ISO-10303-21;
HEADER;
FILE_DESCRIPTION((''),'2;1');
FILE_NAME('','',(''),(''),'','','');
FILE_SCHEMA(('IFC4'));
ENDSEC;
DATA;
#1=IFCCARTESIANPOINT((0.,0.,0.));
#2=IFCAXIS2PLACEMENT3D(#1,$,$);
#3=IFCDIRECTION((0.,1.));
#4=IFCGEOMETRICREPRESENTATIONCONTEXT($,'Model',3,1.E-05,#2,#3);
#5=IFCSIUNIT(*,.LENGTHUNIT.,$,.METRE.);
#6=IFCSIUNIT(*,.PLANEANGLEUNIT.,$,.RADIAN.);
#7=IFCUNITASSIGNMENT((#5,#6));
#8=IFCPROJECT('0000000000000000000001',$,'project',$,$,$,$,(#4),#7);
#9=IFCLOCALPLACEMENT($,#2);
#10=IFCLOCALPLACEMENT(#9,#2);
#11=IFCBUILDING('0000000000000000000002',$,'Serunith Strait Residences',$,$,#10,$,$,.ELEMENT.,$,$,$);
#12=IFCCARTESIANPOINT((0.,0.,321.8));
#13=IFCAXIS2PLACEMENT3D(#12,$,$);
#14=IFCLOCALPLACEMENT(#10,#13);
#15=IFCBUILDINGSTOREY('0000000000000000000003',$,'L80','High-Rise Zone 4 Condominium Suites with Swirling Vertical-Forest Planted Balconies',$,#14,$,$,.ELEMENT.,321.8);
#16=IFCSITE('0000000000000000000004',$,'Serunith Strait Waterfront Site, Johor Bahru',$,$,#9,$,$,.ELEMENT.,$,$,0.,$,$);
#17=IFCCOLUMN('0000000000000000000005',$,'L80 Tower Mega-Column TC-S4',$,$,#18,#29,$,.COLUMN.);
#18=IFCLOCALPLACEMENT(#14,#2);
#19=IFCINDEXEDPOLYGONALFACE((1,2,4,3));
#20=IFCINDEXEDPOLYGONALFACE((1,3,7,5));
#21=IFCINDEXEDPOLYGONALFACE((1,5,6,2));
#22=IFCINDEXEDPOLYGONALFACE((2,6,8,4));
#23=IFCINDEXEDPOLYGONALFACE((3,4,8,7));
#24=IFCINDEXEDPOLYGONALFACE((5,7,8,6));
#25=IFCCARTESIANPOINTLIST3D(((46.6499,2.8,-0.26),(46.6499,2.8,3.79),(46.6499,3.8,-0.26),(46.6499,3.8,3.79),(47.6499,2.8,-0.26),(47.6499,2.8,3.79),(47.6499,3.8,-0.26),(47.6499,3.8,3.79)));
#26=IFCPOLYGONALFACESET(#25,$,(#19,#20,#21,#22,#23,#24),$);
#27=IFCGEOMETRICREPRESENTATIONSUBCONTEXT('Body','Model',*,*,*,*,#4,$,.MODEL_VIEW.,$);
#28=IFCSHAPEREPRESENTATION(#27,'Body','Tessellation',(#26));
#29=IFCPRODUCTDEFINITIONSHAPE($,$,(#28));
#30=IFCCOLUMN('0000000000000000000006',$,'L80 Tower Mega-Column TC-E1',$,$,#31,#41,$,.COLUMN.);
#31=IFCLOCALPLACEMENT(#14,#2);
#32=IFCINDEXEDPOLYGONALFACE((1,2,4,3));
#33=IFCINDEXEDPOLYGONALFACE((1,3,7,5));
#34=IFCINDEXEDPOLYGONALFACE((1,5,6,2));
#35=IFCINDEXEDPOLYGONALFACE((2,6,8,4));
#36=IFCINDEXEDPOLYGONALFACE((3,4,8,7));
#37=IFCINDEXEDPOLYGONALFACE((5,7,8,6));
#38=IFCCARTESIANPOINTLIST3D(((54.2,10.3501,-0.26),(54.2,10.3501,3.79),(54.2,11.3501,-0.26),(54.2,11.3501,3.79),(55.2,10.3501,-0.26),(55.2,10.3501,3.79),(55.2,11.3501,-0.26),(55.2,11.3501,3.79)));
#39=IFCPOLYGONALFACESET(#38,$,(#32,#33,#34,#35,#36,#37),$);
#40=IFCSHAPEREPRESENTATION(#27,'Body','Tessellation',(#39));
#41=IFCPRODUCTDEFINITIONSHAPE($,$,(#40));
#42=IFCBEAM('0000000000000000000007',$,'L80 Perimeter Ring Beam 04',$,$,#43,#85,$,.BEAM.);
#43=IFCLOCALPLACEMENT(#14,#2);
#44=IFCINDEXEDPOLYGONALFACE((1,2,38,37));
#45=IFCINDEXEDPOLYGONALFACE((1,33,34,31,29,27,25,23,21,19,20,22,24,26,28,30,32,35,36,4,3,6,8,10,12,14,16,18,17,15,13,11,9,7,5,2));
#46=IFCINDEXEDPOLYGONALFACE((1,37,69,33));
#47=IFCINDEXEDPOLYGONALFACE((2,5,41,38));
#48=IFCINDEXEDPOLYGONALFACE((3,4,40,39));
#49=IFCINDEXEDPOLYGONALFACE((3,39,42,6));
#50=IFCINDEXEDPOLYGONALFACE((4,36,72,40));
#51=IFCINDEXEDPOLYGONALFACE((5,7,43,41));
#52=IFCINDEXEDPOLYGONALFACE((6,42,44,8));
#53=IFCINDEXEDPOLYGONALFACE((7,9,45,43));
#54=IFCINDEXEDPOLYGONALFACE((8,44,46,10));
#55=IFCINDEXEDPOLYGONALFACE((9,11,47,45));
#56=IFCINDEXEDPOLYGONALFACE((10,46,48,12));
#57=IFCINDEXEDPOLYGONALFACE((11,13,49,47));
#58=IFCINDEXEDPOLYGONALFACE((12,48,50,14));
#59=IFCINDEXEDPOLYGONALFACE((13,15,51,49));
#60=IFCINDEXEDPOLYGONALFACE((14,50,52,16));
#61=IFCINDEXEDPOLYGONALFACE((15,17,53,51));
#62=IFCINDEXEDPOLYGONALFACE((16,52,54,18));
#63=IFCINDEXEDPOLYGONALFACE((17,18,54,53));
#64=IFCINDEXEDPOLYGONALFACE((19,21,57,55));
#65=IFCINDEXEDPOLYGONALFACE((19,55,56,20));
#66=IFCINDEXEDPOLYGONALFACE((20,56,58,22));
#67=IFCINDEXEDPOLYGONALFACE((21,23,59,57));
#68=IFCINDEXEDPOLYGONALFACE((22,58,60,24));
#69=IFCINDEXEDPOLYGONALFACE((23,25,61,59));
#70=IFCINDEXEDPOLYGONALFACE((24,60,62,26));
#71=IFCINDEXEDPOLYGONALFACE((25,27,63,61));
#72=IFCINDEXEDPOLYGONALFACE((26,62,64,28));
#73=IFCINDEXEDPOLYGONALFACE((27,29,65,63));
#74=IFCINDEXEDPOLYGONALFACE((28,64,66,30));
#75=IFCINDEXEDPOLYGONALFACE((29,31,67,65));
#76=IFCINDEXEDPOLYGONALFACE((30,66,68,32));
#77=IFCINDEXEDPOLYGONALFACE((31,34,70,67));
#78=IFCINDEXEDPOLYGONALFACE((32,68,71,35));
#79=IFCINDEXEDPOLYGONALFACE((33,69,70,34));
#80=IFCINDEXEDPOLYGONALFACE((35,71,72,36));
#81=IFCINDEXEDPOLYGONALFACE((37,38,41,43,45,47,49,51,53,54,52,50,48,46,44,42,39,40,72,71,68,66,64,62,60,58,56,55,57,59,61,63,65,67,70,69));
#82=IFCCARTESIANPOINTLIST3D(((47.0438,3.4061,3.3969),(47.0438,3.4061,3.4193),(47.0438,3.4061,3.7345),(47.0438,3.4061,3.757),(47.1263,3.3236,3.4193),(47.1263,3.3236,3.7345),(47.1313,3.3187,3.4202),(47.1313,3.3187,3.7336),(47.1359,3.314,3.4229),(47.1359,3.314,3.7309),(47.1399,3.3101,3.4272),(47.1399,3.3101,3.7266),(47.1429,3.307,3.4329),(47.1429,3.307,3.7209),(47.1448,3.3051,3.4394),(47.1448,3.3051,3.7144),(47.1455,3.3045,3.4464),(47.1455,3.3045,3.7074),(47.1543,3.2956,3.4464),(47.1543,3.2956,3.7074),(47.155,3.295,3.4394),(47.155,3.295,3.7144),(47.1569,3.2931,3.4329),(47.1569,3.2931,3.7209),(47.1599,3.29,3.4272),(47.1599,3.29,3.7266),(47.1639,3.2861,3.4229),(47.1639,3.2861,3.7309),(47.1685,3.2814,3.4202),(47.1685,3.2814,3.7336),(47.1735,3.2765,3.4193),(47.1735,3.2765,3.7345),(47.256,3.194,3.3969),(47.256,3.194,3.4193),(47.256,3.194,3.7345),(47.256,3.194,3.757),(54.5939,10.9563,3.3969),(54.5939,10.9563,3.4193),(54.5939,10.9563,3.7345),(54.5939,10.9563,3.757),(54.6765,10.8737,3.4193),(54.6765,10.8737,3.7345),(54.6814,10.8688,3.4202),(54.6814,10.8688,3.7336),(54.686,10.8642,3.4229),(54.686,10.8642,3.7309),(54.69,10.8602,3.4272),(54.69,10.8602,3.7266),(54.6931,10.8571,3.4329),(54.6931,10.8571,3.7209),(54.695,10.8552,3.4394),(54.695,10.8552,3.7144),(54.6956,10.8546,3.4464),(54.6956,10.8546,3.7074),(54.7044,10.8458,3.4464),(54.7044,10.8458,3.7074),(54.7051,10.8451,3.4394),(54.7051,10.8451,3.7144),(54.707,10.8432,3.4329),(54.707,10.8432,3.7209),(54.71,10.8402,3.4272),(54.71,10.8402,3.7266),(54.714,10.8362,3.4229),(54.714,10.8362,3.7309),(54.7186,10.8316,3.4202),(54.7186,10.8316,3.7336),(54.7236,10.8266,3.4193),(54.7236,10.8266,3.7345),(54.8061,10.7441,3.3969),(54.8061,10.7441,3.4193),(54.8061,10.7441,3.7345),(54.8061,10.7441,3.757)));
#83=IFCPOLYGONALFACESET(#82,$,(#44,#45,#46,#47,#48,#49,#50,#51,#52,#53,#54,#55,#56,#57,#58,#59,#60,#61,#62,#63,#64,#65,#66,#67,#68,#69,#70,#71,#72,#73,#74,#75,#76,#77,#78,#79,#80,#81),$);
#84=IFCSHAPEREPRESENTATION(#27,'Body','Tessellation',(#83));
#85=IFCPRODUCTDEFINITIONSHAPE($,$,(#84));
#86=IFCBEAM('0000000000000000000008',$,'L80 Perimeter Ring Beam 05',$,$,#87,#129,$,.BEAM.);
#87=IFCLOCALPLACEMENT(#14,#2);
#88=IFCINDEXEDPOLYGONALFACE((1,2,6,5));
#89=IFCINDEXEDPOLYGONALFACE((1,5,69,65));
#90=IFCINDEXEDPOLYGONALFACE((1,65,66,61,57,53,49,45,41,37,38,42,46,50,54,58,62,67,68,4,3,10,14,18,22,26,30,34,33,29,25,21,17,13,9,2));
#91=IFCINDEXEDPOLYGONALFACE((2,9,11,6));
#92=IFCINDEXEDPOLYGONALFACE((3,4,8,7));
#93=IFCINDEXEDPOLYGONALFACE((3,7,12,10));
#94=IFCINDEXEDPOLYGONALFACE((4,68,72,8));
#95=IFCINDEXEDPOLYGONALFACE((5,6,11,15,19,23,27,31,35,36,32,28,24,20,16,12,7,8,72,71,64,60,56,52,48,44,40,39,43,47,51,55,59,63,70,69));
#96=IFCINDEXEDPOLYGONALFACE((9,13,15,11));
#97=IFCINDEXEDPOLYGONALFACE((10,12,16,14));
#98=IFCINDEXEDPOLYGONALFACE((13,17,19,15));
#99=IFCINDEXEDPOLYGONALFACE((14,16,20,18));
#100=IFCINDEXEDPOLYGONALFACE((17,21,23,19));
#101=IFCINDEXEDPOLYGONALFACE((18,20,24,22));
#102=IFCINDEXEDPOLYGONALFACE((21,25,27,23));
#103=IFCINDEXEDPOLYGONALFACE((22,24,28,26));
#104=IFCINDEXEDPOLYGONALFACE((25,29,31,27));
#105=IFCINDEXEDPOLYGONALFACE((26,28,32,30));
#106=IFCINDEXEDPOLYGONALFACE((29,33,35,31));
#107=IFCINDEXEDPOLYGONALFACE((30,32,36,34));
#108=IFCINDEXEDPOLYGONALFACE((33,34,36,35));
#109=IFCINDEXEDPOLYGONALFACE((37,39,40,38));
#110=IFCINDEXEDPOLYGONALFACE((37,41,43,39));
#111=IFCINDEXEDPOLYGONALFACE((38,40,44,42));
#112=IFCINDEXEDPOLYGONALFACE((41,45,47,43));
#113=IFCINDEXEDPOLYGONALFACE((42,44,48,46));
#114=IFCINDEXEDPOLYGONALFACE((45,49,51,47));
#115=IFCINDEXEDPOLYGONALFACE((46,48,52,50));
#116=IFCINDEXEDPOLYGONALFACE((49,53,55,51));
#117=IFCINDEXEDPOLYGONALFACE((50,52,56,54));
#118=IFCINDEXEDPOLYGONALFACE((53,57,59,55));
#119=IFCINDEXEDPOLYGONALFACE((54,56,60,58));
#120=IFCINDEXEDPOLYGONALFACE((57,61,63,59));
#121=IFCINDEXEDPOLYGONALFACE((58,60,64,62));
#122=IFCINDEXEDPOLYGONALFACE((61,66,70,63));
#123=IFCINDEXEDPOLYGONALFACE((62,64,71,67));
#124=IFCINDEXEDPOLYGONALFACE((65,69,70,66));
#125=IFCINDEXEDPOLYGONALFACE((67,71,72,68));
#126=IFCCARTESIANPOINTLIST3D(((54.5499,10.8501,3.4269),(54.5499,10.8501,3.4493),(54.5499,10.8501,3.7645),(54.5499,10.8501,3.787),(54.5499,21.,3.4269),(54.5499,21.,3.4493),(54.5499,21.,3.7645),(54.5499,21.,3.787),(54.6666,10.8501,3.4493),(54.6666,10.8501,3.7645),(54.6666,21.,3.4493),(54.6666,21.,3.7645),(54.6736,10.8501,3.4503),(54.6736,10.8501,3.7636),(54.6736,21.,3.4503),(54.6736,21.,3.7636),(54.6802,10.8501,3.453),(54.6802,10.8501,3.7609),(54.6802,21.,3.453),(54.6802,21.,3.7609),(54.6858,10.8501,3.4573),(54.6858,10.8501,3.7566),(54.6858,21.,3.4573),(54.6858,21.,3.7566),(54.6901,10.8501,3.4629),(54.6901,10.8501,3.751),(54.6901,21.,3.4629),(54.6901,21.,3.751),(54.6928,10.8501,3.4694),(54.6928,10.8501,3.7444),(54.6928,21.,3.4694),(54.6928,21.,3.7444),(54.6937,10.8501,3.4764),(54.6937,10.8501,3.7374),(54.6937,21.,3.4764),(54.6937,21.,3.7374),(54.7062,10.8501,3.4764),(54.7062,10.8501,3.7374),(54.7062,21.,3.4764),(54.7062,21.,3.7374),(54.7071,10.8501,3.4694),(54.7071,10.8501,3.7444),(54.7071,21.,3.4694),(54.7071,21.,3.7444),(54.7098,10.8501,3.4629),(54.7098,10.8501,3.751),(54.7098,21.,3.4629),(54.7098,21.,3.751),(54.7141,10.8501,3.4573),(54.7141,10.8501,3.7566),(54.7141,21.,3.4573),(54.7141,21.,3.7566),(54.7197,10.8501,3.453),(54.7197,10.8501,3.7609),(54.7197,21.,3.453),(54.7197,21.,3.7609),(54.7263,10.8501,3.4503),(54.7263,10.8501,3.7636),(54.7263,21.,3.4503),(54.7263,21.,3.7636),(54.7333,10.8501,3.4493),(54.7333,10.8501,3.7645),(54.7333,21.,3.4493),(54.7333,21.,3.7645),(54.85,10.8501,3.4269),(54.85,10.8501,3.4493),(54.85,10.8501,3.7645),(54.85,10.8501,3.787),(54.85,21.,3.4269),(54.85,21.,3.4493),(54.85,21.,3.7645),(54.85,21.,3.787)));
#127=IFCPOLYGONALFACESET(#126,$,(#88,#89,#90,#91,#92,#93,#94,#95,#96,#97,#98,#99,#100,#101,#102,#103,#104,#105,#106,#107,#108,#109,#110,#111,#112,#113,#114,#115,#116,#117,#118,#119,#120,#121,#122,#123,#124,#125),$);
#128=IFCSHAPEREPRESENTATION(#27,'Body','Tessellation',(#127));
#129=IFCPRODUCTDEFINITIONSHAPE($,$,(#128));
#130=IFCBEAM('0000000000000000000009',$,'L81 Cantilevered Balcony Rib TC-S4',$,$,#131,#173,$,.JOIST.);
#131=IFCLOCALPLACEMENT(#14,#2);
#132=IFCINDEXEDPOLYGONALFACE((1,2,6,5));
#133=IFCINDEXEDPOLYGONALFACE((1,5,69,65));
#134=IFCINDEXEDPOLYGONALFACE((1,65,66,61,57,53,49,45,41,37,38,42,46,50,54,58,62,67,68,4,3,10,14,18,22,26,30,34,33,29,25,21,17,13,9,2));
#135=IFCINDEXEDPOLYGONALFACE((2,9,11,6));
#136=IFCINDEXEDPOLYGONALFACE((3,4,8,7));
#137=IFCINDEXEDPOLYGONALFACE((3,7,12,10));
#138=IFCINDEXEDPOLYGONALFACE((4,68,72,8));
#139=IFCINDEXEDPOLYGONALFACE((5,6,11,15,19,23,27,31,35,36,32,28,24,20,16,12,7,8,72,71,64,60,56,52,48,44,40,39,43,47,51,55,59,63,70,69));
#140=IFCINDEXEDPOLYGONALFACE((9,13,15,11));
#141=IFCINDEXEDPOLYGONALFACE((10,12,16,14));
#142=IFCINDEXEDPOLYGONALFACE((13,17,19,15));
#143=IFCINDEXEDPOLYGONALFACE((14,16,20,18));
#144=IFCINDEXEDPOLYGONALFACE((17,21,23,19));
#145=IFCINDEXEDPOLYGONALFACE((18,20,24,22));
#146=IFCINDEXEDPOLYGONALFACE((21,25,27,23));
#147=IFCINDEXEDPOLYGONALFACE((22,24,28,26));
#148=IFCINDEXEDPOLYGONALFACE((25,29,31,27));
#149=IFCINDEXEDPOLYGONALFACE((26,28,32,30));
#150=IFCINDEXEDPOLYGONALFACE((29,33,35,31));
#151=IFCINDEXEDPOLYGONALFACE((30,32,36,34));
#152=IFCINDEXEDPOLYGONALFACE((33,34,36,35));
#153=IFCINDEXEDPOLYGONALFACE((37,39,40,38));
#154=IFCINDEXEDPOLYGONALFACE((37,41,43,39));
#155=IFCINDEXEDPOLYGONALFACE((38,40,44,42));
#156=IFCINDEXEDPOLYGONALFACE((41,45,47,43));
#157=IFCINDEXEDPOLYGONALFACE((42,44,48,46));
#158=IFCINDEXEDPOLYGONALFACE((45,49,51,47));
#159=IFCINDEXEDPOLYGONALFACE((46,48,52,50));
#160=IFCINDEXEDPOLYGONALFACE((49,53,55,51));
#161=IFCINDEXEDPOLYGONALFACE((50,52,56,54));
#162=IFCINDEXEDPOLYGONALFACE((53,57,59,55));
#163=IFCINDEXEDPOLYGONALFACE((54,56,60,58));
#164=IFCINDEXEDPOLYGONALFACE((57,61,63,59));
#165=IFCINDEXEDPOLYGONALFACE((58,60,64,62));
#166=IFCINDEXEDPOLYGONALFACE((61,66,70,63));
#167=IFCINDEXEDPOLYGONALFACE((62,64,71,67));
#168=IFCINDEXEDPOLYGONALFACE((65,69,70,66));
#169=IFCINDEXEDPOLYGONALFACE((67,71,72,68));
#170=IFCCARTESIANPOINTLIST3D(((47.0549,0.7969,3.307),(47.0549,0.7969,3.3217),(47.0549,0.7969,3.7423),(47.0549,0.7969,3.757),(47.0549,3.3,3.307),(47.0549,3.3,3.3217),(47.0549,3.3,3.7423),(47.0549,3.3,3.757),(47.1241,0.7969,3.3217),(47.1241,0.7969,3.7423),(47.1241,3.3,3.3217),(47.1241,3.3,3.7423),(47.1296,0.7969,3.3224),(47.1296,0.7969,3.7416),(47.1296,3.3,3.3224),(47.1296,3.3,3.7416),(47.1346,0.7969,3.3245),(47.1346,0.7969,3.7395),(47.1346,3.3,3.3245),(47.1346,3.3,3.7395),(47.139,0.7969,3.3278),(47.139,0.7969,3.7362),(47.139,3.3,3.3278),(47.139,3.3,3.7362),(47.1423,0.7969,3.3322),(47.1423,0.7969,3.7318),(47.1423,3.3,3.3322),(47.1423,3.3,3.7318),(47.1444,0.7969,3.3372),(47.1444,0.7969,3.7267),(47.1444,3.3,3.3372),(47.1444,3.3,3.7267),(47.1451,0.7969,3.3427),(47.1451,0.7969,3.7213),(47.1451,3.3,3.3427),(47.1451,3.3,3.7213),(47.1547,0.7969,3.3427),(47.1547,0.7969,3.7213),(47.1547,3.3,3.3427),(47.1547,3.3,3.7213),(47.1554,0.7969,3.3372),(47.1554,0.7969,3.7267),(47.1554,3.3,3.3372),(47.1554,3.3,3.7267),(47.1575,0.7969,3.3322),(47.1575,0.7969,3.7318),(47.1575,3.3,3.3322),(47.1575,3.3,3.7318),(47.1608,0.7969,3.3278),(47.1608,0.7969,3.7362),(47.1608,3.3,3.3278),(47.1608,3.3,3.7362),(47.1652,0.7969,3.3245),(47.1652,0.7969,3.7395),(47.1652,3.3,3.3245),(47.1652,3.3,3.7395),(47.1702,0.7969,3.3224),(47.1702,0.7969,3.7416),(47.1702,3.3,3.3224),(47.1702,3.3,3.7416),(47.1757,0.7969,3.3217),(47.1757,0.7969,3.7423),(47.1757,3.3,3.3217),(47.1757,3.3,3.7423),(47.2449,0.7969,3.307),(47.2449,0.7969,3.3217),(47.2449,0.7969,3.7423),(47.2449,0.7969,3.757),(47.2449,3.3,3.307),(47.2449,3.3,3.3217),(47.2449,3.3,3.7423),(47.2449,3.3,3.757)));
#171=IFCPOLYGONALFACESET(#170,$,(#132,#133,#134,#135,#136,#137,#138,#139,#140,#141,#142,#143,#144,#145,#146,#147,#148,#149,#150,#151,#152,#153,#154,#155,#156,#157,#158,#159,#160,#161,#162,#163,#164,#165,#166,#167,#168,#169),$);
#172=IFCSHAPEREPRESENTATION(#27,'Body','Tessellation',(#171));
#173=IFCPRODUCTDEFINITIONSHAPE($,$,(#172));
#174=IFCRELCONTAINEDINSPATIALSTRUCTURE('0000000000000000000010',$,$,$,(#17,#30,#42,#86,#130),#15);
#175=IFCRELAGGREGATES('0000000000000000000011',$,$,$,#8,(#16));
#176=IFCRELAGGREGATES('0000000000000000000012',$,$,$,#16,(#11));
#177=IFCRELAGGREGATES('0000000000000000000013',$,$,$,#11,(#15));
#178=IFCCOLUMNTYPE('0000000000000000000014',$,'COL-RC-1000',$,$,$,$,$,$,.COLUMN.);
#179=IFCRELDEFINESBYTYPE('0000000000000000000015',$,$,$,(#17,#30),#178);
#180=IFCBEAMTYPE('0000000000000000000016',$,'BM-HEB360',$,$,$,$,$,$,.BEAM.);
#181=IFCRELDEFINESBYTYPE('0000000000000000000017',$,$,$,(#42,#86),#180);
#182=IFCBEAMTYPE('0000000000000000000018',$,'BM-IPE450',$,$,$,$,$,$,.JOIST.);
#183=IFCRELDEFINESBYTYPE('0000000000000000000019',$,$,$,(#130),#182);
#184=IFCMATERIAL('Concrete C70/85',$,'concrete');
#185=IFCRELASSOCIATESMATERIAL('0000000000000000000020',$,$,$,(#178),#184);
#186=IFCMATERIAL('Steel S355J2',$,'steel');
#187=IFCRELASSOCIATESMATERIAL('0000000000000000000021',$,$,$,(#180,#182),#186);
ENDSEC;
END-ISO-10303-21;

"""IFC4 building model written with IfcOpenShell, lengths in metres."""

from ifc_helpers import new_model, si_unit, direction, frame, origin, origin_2d, place, context, subcontext, project, spatial, rectangle, i_section, extrude, source, transform, mapped, material, material_profile, profile_set, type_object, element, save


model = new_model("IFC4")

# Units and contexts
model_context = context("Model", 3, precision=1e-05, world=origin(), true_north=direction((0.0, 1.0)))
body_context = subcontext(model_context, "Body", "Model", "MODEL_VIEW")
ifc_project = project(units=[si_unit("LENGTHUNIT", "METRE"), si_unit("PLANEANGLEUNIT", "RADIAN")], contexts=[model_context])

# Site, building, storey
site_placement = place(None, origin())
site = spatial("IfcSite", under=ifc_project, at=site_placement, Name="Serunith Strait Waterfront Site, Johor Bahru", CompositionType="ELEMENT", RefElevation=0.0)
building_placement = place(site_placement, origin())
building = spatial("IfcBuilding", under=site, at=building_placement, Name="Serunith Strait Residences", CompositionType="ELEMENT")
storey_placement = place(building_placement, frame((0.0, 0.0, 321.8)))
storey = spatial("IfcBuildingStorey", under=building, at=storey_placement, Name="L80", Description="High-Rise Zone 4 Condominium Suites with Swirling Vertical-Forest Planted Balconies", CompositionType="ELEMENT", Elevation=321.8)

# Columns
ifc_material_1 = material(Name="Concrete C70/85", Category="concrete")
ifc_material_profile_1 = material_profile(ifc_material_1, rectangle(XDim=1.0, YDim=1.0, at=origin_2d()), Name="RC 1000x1000")
ifc_profile_set_1 = profile_set([ifc_material_profile_1], Name="Concrete C70/85")
column_type = type_object("IfcColumnType", Name="COL-RC-1000", PredefinedType="COLUMN", material=ifc_profile_set_1)
shared_shape_1 = source(origin(), body_context, "Body", "SweptSolid", [
    extrude(rectangle(XDim=1.0, YDim=1.0, at=origin_2d()), origin(), (0.0, 0.0, 1.0), 4.05),
])
for number, where, z_axis, x_axis, name in (
    (1, (47.1499, 3.3, -0.26), (0.0, 0.0, 1.0), (1.0, 0.0, 0.0), "L80 Tower Mega-Column TC-S4"),
    (2, (54.7, 10.8501, -0.26), (0.0, 0.0, 1.0), (1.0, 0.0, 0.0), "L80 Tower Mega-Column TC-E1"),
):
    element("IfcColumn", number, at=place(storey_placement, frame(where, z_axis=z_axis, x_axis=x_axis)), inside=storey, type_object=column_type, Name=name, PredefinedType="COLUMN", context=body_context, shape_type="MappedRepresentation", body=[
        mapped(shared_shape_1, transform((0.0, 0.0, 0.0), scale=1.0)),
    ])

# Beams
ifc_material_2 = material(Name="Steel S355J2", Category="steel")
ifc_material_profile_2 = material_profile(ifc_material_2, i_section(OverallWidth=0.3, OverallDepth=0.3601, WebThickness=0.0125, FlangeThickness=0.0225, FilletRadius=0.0271, at=origin_2d()), Name="HEB 360")
ifc_profile_set_2 = profile_set([ifc_material_profile_2], Name="Steel S355J2")
beam_type_1 = type_object("IfcBeamType", Name="BM-HEB360", PredefinedType="BEAM", material=ifc_profile_set_2)
shared_shape_2 = source(origin(), body_context, "Body", "SweptSolid", [
    extrude(i_section(OverallWidth=0.3, OverallDepth=0.3601, WebThickness=0.0125, FlangeThickness=0.0225, FilletRadius=0.0271, at=origin_2d()), origin(), (0.0, 0.0, 1.0), 10.6775),
])
beam_1_placement = place(storey_placement, frame((47.1499, 3.3, 3.5769), z_axis=(0.707107, 0.707107, 0.0), x_axis=(-0.707107, 0.707107, 0.0)))
element("IfcBeam", 3, at=beam_1_placement, inside=storey, type_object=beam_type_1, Name="L80 Perimeter Ring Beam 04", PredefinedType="BEAM", context=body_context, shape_type="MappedRepresentation", body=[
    mapped(shared_shape_2, transform((0.0, 0.0, 0.0), scale=1.0)),
])
shared_shape_3 = source(origin(), body_context, "Body", "SweptSolid", [
    extrude(i_section(OverallWidth=0.3, OverallDepth=0.3601, WebThickness=0.0125, FlangeThickness=0.0225, FilletRadius=0.0271, at=origin_2d()), origin(), (0.0, 0.0, 1.0), 10.1499),
])
beam_2_placement = place(storey_placement, frame((54.7, 10.8501, 3.6069), z_axis=(0.0, 1.0, 0.0), x_axis=(-1.0, 0.0, 0.0)))
element("IfcBeam", 4, at=beam_2_placement, inside=storey, type_object=beam_type_1, Name="L80 Perimeter Ring Beam 05", PredefinedType="BEAM", context=body_context, shape_type="MappedRepresentation", body=[
    mapped(shared_shape_3, transform((0.0, 0.0, 0.0), scale=1.0)),
])
ifc_material_profile_3 = material_profile(ifc_material_2, i_section(OverallWidth=0.1899, OverallDepth=0.45, WebThickness=0.0095, FlangeThickness=0.0146, FilletRadius=0.021, at=origin_2d()), Name="IPE 450")
ifc_profile_set_3 = profile_set([ifc_material_profile_3], Name="Steel S355J2")
beam_type_2 = type_object("IfcBeamType", Name="BM-IPE450", PredefinedType="JOIST", material=ifc_profile_set_3)
shared_shape_4 = source(origin(), body_context, "Body", "SweptSolid", [
    extrude(i_section(OverallWidth=0.1899, OverallDepth=0.45, WebThickness=0.0095, FlangeThickness=0.0146, FilletRadius=0.021, at=origin_2d()), origin(), (0.0, 0.0, 1.0), 2.5032),
])
beam_3_placement = place(storey_placement, frame((47.1499, 3.3, 3.532), z_axis=(0.0, -1.0, 0.0), x_axis=(1.0, 0.0, 0.0)))
element("IfcBeam", 5, at=beam_3_placement, inside=storey, type_object=beam_type_2, Name="L81 Cantilevered Balcony Rib TC-S4", PredefinedType="JOIST", context=body_context, shape_type="MappedRepresentation", body=[
    mapped(shared_shape_4, transform((0.0, 0.0, 0.0), scale=1.0)),
])

save(model, "model.ifc")
